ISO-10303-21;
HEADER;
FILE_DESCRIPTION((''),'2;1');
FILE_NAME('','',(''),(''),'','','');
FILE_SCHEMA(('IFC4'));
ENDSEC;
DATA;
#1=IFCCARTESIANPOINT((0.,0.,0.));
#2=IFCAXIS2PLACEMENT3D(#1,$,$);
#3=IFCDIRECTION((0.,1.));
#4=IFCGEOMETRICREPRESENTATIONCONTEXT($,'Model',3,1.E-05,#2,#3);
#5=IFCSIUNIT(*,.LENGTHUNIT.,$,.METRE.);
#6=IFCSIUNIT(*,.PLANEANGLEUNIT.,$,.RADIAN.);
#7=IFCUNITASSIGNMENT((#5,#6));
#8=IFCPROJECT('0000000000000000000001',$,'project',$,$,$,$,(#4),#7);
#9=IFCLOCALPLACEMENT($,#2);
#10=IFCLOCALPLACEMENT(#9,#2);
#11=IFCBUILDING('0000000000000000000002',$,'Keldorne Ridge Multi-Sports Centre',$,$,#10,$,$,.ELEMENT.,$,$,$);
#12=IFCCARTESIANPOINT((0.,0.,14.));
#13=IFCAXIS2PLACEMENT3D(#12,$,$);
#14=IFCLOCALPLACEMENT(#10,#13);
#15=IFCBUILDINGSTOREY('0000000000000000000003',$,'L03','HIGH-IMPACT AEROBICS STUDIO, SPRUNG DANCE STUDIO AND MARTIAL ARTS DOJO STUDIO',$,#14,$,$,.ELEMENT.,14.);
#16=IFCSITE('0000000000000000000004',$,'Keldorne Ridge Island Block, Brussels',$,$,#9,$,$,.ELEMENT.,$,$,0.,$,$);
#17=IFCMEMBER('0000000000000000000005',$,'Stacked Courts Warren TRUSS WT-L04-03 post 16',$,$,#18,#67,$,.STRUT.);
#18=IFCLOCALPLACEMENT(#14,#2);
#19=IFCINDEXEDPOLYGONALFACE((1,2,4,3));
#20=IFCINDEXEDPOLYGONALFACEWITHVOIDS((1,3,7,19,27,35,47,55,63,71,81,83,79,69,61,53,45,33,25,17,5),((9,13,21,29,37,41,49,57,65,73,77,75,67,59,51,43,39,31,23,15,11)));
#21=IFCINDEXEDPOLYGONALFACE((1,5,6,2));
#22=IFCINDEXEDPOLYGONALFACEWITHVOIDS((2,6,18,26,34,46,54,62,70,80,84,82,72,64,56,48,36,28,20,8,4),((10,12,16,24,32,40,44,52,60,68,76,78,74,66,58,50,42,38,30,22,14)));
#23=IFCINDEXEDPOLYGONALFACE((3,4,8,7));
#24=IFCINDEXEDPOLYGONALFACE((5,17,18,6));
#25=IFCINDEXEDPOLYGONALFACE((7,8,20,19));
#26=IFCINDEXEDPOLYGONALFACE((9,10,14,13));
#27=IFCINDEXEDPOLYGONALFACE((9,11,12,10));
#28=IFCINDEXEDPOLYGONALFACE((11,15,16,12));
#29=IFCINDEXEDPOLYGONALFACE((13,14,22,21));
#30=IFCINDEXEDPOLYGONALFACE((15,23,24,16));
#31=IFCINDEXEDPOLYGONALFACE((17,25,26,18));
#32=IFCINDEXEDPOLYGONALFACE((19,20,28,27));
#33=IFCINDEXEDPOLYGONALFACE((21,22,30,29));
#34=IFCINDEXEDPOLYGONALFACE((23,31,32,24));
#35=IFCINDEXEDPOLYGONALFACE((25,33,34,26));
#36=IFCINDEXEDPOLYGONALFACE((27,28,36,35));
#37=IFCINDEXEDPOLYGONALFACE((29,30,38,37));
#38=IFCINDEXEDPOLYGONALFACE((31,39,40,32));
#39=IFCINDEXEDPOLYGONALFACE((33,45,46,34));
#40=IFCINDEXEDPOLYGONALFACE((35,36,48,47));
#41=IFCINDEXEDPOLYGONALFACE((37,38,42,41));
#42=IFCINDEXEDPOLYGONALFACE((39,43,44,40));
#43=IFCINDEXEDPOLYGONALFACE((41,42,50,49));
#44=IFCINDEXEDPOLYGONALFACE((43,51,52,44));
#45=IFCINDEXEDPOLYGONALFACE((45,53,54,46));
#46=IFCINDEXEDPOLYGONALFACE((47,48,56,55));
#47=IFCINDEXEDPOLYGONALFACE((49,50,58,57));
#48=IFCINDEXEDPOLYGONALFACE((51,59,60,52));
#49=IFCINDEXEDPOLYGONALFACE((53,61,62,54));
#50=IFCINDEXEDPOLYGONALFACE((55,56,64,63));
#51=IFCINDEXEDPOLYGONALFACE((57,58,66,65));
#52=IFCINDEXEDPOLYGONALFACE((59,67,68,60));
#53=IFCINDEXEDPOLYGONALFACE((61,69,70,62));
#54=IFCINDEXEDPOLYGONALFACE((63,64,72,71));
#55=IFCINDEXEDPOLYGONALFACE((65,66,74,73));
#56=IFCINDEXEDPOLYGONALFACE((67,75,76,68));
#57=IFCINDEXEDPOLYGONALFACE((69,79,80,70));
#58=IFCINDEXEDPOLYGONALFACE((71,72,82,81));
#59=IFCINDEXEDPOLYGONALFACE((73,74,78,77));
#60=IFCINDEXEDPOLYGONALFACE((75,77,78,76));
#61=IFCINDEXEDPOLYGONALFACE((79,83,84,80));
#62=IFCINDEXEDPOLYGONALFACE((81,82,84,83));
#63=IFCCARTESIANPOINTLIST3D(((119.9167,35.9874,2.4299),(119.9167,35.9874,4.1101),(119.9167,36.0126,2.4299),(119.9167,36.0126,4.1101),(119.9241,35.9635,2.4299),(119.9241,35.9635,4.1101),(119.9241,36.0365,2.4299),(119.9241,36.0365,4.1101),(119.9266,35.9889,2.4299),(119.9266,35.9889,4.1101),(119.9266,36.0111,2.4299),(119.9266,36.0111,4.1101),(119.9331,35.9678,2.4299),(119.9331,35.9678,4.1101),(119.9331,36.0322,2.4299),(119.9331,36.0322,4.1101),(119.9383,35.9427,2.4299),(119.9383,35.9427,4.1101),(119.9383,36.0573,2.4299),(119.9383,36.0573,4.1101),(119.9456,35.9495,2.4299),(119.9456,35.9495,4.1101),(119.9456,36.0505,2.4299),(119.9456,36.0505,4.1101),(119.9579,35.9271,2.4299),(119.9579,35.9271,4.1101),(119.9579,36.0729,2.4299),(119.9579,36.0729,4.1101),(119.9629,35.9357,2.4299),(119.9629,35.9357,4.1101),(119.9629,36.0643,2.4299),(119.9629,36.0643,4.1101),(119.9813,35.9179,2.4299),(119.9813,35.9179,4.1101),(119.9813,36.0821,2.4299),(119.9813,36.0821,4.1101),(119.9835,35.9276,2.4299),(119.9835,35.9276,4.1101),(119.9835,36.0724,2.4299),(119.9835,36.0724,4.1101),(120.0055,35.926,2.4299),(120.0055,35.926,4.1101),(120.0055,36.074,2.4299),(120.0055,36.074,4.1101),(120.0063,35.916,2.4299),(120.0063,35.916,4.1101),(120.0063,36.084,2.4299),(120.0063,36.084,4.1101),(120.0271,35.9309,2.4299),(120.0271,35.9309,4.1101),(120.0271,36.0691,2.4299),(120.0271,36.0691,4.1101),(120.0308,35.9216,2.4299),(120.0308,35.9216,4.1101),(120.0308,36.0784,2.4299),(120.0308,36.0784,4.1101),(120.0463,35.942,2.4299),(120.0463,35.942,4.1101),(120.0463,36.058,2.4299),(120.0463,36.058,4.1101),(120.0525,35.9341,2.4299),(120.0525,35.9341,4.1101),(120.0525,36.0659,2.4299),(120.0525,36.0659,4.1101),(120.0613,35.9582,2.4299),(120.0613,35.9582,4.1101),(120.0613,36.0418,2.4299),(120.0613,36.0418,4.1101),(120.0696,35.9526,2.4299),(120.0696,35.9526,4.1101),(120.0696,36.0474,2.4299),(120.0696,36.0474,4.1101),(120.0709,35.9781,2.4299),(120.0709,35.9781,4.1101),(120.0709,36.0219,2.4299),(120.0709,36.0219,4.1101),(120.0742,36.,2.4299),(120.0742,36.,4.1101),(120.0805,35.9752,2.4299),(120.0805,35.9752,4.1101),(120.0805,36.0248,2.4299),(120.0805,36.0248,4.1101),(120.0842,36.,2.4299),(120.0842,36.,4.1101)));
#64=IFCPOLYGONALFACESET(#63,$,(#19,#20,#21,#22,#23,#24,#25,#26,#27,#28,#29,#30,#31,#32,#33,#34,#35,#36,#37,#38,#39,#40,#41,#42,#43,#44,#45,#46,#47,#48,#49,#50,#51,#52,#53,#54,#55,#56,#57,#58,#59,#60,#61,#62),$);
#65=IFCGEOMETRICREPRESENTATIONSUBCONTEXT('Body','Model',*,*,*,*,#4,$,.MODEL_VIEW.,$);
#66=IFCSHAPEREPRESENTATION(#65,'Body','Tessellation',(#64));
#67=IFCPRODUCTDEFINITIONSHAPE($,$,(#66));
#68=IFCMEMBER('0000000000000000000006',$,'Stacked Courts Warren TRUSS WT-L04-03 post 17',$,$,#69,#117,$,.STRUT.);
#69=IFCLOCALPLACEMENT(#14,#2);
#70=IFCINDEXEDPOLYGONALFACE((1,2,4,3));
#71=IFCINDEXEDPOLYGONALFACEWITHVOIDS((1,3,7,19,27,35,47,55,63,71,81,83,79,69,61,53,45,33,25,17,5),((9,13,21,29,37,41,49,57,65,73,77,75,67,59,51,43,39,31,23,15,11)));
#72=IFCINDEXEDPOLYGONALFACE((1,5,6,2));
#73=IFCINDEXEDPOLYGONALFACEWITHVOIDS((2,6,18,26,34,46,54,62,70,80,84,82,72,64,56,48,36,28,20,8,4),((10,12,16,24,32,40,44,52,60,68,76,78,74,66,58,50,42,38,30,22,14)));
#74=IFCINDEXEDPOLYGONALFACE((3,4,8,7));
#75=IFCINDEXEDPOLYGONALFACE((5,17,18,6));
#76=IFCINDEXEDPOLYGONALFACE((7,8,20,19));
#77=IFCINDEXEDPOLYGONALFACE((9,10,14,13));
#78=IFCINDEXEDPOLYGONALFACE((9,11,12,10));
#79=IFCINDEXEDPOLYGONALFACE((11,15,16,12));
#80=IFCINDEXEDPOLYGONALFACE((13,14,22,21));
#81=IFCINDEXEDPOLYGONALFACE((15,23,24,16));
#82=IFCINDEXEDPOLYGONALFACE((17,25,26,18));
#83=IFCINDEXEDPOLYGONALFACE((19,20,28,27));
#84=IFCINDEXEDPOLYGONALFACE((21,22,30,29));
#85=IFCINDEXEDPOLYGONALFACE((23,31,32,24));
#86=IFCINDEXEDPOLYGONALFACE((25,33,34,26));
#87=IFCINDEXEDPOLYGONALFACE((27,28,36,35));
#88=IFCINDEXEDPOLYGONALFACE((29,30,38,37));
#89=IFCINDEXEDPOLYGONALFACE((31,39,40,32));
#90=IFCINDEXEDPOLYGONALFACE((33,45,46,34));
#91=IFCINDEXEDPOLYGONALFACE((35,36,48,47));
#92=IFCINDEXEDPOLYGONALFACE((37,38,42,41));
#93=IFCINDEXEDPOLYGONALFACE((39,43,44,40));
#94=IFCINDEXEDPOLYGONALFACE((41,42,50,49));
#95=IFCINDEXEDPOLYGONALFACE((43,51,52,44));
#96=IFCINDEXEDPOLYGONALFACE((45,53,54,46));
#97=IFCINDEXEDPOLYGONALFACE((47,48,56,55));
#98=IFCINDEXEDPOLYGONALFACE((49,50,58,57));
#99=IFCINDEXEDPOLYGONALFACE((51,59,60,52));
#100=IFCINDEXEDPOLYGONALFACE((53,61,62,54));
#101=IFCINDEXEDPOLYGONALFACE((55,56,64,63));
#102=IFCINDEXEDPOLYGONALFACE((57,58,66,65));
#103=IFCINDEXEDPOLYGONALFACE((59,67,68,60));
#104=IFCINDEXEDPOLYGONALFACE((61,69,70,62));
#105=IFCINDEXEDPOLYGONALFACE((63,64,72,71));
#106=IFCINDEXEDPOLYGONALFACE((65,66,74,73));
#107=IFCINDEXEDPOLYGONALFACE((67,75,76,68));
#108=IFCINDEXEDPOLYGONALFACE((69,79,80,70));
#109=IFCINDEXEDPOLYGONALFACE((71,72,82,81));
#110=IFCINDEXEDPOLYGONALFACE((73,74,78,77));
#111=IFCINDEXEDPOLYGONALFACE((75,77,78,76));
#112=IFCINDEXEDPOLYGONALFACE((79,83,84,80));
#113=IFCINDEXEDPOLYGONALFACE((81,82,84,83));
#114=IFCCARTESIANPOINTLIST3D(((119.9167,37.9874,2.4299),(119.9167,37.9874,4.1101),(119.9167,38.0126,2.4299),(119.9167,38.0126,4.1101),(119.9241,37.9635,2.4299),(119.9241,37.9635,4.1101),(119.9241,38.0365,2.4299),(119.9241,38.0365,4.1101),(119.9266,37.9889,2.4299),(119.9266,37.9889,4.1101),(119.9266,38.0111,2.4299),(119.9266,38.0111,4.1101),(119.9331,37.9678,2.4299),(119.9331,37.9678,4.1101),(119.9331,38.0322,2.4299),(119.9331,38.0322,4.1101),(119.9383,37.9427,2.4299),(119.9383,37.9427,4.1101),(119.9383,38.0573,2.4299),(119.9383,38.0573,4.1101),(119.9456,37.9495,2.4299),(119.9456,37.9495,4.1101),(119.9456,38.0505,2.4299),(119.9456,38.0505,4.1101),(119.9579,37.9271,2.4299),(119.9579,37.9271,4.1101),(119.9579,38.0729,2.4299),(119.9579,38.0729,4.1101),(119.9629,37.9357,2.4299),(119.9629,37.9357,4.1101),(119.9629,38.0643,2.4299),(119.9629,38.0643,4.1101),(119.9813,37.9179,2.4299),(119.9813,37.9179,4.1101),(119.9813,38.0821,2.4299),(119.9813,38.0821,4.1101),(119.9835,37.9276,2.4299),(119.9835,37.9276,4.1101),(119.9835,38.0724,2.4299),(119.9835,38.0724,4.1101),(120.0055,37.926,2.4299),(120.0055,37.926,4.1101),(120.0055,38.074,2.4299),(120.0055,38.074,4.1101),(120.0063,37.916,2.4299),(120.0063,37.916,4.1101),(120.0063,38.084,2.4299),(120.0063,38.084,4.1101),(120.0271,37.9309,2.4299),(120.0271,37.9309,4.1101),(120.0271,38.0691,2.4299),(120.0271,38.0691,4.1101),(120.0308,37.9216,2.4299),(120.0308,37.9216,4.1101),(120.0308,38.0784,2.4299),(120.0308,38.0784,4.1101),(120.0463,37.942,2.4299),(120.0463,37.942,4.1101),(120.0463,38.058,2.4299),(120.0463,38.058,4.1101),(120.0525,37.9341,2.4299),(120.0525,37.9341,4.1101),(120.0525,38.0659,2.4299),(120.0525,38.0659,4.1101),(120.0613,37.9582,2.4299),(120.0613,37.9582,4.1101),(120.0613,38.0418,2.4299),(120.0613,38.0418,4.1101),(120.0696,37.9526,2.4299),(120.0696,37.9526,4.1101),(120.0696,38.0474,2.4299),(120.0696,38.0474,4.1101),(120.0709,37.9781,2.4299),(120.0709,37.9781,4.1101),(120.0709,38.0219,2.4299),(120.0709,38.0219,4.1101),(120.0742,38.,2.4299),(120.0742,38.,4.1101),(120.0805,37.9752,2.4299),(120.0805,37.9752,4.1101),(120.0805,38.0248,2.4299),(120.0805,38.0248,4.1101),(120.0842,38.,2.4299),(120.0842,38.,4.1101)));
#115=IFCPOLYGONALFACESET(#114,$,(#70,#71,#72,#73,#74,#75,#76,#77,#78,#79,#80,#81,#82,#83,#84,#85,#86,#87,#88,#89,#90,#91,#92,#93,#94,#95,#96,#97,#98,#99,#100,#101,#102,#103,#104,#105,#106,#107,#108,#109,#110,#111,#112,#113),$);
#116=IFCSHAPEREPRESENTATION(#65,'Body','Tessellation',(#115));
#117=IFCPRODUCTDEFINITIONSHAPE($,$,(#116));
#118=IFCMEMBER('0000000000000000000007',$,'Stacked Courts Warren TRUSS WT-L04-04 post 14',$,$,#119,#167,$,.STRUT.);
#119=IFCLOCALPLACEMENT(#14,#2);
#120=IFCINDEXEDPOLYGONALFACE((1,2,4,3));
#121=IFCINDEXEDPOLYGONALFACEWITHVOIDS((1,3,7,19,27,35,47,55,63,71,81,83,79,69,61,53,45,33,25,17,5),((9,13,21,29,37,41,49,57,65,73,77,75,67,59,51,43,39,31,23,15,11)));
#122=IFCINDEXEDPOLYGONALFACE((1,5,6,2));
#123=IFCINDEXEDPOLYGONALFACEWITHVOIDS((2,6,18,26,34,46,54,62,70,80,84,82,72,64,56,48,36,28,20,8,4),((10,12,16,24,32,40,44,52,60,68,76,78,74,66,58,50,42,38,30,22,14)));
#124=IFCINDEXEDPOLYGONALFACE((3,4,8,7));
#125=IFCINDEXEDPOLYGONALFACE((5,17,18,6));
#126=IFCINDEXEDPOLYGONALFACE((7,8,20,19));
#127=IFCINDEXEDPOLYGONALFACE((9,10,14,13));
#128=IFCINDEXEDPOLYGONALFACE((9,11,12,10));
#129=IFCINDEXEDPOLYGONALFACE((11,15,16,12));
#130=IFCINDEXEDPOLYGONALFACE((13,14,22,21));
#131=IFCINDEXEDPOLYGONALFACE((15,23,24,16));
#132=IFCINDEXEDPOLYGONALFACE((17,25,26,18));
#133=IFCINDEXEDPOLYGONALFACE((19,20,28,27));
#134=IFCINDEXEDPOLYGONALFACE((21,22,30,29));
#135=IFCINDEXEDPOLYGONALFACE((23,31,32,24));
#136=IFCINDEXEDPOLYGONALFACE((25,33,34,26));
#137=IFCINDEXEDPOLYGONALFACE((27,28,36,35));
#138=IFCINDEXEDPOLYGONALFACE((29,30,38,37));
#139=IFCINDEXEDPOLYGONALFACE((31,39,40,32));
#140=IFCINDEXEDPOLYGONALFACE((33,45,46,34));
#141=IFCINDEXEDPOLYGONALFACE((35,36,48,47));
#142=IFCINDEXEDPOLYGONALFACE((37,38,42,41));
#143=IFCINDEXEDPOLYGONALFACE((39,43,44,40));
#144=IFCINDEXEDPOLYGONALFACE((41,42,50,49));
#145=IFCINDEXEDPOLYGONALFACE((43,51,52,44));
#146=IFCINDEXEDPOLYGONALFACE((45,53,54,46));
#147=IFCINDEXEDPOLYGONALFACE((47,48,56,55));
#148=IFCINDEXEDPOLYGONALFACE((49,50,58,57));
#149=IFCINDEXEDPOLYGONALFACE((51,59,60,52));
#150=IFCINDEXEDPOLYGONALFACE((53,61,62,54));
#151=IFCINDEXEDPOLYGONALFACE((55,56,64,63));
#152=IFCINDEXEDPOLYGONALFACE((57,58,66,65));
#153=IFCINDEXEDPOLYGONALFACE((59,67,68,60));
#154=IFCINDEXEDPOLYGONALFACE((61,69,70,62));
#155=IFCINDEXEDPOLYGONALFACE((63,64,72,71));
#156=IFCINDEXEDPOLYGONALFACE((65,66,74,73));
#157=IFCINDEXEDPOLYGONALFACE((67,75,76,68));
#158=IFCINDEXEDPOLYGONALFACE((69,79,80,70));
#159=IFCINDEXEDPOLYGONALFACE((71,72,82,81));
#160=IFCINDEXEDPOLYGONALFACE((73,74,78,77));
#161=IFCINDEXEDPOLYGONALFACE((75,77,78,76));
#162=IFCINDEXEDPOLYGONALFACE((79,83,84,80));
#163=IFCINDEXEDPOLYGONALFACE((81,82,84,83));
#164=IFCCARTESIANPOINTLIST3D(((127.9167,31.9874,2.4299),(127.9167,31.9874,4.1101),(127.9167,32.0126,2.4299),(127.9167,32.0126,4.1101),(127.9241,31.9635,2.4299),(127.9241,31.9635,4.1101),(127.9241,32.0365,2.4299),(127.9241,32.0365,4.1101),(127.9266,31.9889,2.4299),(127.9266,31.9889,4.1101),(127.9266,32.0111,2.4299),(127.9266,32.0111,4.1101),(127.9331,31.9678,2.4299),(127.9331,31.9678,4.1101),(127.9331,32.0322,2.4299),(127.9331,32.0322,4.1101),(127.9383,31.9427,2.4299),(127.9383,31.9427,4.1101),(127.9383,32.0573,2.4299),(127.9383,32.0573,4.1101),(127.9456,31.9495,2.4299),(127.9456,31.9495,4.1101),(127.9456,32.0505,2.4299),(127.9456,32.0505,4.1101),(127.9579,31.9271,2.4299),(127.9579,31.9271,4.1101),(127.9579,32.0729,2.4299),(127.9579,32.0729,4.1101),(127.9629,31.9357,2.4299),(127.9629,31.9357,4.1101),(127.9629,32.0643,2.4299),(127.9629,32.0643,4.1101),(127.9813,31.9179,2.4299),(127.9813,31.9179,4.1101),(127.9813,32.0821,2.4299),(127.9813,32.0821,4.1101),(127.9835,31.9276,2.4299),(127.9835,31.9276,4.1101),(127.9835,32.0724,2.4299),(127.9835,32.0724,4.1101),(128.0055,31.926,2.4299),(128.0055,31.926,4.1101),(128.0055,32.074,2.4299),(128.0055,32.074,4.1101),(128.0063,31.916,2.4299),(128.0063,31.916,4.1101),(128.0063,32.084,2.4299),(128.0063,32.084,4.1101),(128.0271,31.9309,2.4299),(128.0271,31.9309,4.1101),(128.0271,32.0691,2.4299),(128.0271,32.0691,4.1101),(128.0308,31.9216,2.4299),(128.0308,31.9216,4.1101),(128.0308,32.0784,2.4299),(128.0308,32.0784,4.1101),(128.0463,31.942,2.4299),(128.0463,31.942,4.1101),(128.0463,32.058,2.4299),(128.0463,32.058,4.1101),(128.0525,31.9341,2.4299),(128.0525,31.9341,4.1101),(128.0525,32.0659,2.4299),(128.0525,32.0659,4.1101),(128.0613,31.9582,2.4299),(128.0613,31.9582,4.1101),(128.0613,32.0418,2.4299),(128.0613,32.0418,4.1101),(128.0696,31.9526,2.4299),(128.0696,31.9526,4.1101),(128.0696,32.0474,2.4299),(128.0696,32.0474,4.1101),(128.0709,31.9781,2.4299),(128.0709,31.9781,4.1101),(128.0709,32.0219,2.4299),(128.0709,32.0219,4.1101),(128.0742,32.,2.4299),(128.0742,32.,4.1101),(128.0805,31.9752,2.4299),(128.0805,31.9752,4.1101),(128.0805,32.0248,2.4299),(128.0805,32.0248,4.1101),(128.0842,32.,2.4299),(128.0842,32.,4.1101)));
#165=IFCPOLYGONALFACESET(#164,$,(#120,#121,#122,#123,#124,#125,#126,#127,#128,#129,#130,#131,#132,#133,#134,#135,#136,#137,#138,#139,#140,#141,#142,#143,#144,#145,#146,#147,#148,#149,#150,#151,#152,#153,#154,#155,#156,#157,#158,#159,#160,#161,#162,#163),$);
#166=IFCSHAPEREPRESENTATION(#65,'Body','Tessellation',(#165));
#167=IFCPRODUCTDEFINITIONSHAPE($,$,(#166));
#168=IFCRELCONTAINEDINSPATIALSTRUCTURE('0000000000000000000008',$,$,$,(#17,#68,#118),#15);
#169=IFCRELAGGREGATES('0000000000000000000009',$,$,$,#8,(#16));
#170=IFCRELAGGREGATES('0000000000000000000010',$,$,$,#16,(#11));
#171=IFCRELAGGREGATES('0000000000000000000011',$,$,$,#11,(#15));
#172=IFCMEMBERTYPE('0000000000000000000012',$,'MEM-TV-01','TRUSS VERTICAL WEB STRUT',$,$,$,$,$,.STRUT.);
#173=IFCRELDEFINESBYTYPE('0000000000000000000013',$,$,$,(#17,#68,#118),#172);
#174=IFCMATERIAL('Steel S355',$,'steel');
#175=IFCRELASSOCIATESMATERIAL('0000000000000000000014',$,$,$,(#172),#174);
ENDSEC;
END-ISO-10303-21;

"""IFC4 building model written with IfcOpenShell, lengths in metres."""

from ifc_helpers import new_model, si_unit, direction, frame, origin, origin_2d, place, context, subcontext, project, spatial, hollow_circle, extrude, material, material_profile, profile_set, type_object, element, save


model = new_model("IFC4")

# Units and contexts
model_context = context("Model", 3, precision=1e-05, world=origin(), true_north=direction((0.0, 1.0)))
body_context = subcontext(model_context, "Body", "Model", "MODEL_VIEW")
ifc_project = project(units=[si_unit("LENGTHUNIT", "METRE"), si_unit("PLANEANGLEUNIT", "RADIAN")], contexts=[model_context])

# Site, building, storey
site_placement = place(None, origin())
site = spatial("IfcSite", under=ifc_project, at=site_placement, Name="Keldorne Ridge Island Block, Brussels", CompositionType="ELEMENT", RefElevation=0.0)
building_placement = place(site_placement, origin())
building = spatial("IfcBuilding", under=site, at=building_placement, Name="Keldorne Ridge Multi-Sports Centre", CompositionType="ELEMENT")
storey_placement = place(building_placement, frame((0.0, 0.0, 14.0)))
storey = spatial("IfcBuildingStorey", under=building, at=storey_placement, Name="L03", Description="HIGH-IMPACT AEROBICS STUDIO, SPRUNG DANCE STUDIO AND MARTIAL ARTS DOJO STUDIO", CompositionType="ELEMENT", Elevation=14.0)

# Members
ifc_material = material(Name="Steel S355", Category="steel")
ifc_material_profile_1 = material_profile(ifc_material, hollow_circle(Radius=0.0842, WallThickness=0.01, at=origin_2d()), Name="CHS 168.3x10")
ifc_profile_set_1 = profile_set([ifc_material_profile_1], Name="Steel S355")
member_type_1 = type_object("IfcMemberType", Name="MEM-TV-01", Description="TRUSS VERTICAL WEB STRUT", PredefinedType="STRUT", material=ifc_profile_set_1)
for number, where, z_axis, x_axis, name in (
    (1, (120.0, 36.0, 2.4299), (0.0, 0.0, 1.0), (1.0, 0.0, 0.0), "Stacked Courts Warren TRUSS WT-L04-03 post 16"),
    (2, (120.0, 38.0, 2.4299), (0.0, 0.0, 1.0), (1.0, 0.0, 0.0), "Stacked Courts Warren TRUSS WT-L04-03 post 17"),
    (3, (128.0, 32.0, 2.4299), (0.0, 0.0, 1.0), (1.0, 0.0, 0.0), "Stacked Courts Warren TRUSS WT-L04-04 post 14"),
):
    element("IfcMember", number, at=place(storey_placement, frame(where, z_axis=z_axis, x_axis=x_axis)), inside=storey, type_object=member_type_1, Name=name, PredefinedType="STRUT", context=body_context, shape_type="SweptSolid", body=[
        extrude(hollow_circle(Radius=0.0842, WallThickness=0.01, at=origin_2d()), origin(), (0.0, 0.0, 1.0), 1.6802),
    ])

save(model, "model.ifc")
